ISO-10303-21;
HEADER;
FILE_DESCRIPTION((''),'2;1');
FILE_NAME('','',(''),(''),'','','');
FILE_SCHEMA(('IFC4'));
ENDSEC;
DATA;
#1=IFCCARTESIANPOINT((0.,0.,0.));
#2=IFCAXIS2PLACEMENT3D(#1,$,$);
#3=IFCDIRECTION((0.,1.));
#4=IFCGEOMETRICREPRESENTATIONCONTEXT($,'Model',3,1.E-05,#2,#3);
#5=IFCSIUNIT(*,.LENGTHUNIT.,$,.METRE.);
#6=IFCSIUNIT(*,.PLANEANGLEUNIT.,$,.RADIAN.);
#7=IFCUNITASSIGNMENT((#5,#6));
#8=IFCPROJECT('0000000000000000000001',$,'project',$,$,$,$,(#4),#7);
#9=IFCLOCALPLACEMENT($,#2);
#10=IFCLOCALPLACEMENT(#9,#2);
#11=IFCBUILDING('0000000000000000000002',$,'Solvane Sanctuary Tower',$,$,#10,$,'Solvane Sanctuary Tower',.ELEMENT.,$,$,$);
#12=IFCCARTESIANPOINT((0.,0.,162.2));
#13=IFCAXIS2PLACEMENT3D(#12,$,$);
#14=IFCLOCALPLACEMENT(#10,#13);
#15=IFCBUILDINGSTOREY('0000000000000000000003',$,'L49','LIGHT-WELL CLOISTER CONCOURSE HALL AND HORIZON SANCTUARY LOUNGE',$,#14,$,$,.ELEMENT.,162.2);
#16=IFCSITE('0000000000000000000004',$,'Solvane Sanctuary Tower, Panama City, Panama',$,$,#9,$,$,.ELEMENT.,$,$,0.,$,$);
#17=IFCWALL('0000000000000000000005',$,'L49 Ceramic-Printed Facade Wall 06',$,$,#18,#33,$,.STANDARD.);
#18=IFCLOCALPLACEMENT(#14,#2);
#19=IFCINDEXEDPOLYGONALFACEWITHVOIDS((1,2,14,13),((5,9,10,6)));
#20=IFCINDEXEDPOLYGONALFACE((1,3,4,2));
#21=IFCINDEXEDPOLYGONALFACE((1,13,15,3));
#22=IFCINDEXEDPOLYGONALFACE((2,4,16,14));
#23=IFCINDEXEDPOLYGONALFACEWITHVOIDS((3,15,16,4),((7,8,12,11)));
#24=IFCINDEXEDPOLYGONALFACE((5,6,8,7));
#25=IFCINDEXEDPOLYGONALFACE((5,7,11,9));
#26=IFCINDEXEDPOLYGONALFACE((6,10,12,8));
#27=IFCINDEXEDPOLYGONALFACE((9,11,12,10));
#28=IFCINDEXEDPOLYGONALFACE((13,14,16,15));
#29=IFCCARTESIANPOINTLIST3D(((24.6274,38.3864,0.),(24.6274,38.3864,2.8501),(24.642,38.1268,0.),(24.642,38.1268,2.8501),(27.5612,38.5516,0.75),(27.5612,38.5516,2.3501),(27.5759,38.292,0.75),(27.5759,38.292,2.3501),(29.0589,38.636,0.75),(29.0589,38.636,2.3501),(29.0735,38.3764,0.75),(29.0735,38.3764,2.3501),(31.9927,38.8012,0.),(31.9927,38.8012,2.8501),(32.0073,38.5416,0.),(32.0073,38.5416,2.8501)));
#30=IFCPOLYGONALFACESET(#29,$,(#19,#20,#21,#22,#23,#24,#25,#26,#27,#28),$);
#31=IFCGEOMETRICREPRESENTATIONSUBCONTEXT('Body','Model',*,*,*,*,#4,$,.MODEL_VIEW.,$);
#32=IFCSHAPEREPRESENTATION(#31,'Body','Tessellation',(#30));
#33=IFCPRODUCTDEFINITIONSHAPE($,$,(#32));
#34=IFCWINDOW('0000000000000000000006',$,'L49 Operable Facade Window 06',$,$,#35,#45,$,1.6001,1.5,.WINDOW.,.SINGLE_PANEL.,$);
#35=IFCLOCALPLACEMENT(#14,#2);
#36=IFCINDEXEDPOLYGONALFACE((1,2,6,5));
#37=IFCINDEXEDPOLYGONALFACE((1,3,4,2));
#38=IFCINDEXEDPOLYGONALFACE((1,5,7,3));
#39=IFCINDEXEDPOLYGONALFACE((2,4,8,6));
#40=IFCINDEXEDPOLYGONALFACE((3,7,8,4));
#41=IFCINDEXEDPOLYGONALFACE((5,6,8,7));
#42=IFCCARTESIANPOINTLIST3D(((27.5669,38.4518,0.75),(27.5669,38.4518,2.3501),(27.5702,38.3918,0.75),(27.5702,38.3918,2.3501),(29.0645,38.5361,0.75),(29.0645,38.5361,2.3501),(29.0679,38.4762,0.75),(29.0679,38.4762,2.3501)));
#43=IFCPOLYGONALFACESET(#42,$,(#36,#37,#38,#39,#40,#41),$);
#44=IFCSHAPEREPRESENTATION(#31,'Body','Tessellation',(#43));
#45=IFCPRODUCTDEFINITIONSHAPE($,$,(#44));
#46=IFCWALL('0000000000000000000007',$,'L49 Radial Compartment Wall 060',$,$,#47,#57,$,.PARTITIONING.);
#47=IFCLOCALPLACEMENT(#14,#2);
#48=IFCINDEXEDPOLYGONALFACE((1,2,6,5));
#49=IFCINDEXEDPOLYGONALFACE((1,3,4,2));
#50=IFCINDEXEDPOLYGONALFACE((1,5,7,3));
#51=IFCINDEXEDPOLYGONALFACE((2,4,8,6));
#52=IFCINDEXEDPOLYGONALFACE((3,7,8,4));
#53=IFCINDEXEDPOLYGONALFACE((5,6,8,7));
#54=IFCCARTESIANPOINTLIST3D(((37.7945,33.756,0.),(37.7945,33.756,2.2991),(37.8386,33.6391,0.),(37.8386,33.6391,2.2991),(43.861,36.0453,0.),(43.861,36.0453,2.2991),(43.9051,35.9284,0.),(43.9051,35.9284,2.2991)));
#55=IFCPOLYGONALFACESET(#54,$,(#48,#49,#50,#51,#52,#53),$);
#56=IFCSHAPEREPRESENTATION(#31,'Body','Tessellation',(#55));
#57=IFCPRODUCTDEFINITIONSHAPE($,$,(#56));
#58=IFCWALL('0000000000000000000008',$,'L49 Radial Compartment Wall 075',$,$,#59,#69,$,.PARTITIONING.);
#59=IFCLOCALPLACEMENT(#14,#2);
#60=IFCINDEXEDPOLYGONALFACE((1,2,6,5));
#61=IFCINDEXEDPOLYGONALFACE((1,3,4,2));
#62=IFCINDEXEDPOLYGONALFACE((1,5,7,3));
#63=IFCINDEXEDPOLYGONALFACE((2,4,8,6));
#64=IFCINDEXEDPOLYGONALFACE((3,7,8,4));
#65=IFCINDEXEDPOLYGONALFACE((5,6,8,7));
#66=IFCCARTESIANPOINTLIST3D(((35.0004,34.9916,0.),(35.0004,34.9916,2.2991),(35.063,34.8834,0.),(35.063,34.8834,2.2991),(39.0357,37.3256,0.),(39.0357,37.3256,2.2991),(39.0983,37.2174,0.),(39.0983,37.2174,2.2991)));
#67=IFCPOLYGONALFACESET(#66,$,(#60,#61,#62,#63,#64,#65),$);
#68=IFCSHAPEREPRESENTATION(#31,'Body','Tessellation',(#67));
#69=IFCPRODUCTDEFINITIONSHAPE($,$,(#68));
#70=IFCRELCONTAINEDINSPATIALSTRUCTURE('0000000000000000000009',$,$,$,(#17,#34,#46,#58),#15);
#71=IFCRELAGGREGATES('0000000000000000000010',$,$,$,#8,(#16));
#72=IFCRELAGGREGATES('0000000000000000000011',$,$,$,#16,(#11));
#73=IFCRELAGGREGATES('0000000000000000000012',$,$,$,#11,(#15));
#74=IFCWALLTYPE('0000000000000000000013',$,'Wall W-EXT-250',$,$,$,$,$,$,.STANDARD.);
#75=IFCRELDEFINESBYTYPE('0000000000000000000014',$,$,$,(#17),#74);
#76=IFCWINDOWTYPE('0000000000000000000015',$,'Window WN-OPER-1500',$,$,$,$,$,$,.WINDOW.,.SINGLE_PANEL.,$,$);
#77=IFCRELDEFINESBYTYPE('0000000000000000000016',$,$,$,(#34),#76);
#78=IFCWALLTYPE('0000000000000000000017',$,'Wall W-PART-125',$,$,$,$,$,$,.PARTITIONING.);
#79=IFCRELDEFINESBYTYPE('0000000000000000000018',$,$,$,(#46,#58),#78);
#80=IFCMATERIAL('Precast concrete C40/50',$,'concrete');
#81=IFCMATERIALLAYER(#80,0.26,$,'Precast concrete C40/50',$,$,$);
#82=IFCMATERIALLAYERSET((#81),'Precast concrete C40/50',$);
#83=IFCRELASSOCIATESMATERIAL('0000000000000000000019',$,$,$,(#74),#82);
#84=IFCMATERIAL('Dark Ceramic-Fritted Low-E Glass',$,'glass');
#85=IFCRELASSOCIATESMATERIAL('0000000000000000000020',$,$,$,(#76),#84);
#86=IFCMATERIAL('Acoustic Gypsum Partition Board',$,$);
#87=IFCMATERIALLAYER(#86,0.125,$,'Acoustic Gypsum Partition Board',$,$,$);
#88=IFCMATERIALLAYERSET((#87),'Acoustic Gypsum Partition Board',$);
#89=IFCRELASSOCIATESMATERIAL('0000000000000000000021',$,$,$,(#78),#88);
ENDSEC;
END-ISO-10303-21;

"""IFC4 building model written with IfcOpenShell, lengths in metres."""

from ifc_helpers import new_model, si_unit, direction, frame, frame_2d, origin, place, context, subcontext, project, spatial, rectangle, extrude, material, layer, layer_set, type_object, element, fill, save


model = new_model("IFC4")

# Units and contexts
model_context = context("Model", 3, precision=1e-05, world=origin(), true_north=direction((0.0, 1.0)))
body_context = subcontext(model_context, "Body", "Model", "MODEL_VIEW")
ifc_project = project(units=[si_unit("LENGTHUNIT", "METRE"), si_unit("PLANEANGLEUNIT", "RADIAN")], contexts=[model_context])

# Site, building, storey
site_placement = place(None, origin())
site = spatial("IfcSite", under=ifc_project, at=site_placement, Name="Solvane Sanctuary Tower, Panama City, Panama", CompositionType="ELEMENT", RefElevation=0.0)
building_placement = place(site_placement, origin())
building = spatial("IfcBuilding", under=site, at=building_placement, Name="Solvane Sanctuary Tower", LongName="Solvane Sanctuary Tower", CompositionType="ELEMENT")
storey_placement = place(building_placement, frame((0.0, 0.0, 162.2)))
storey = spatial("IfcBuildingStorey", under=building, at=storey_placement, Name="L49", Description="LIGHT-WELL CLOISTER CONCOURSE HALL AND HORIZON SANCTUARY LOUNGE", CompositionType="ELEMENT", Elevation=162.2)

# Shared definitions
ifc_material_1 = material(Name="Acoustic Gypsum Partition Board")

# Wall, opening, window
ifc_material_2 = material(Name="Precast concrete C40/50", Category="concrete")
ifc_layer_1 = layer(ifc_material_2, 0.26, Name="Precast concrete C40/50")
ifc_layer_set_1 = layer_set([ifc_layer_1], Name="Precast concrete C40/50")
wall_type_1 = type_object("IfcWallType", Name="Wall W-EXT-250", PredefinedType="STANDARD", material=ifc_layer_set_1)
ifc_material_3 = material(Name="Dark Ceramic-Fritted Low-E Glass", Category="glass")
wall_1_placement = place(storey_placement, frame((32.0, 38.6714, 0.0), z_axis=(0.0, 0.0, 1.0), x_axis=(-0.998418, -0.056229, 0.0)))
wall_1 = element("IfcWall", 1, at=wall_1_placement, inside=storey, type_object=wall_type_1, Name="L49 Ceramic-Printed Facade Wall 06", PredefinedType="STANDARD", context=body_context, shape_type="SweptSolid", body=[
    extrude(rectangle(XDim=7.377, YDim=0.26, at=frame_2d((3.6885, 0.0))), origin(), (0.0, 0.0, 1.0), 2.8501),
])
opening_1_placement = place(wall_1_placement, frame((2.9385, 0.0, 0.75)))
opening_1 = element("IfcOpeningElement", 2, at=opening_1_placement, cuts=wall_1, PredefinedType="OPENING", context=body_context, shape_type="SweptSolid", body=[
    extrude(rectangle(XDim=1.5, YDim=1.6001, at=frame_2d((0.75, 0.8))), frame((0.0, 0.1399, 0.0), z_axis=(0.0, -1.0, 0.0), x_axis=(1.0, 0.0, 0.0)), (0.0, 0.0, 1.0), 0.28),
])
window_type_1 = type_object("IfcWindowType", Name="Window WN-OPER-1500", PartitioningType="SINGLE_PANEL", PredefinedType="WINDOW", material=ifc_material_3)
window_1_placement = place(opening_1_placement, origin())
window_1 = element("IfcWindow", 3, at=window_1_placement, inside=storey, type_object=window_type_1, Name="L49 Operable Facade Window 06", OverallHeight=1.6001, OverallWidth=1.5, PartitioningType="SINGLE_PANEL", PredefinedType="WINDOW", context=body_context, shape_type="SweptSolid", body=[
    extrude(rectangle(XDim=1.5, YDim=1.6001, at=frame_2d((0.75, 0.8))), frame((0.0, 0.03, 0.0), z_axis=(0.0, -1.0, 0.0), x_axis=(1.0, 0.0, 0.0)), (0.0, 0.0, 1.0), 0.0601),
])
fill(opening_1, window_1)

# Walls
ifc_layer_2 = layer(ifc_material_1, 0.125, Name="Acoustic Gypsum Partition Board")
ifc_layer_set_2 = layer_set([ifc_layer_2], Name="Acoustic Gypsum Partition Board")
wall_type_2 = type_object("IfcWallType", Name="Wall W-PART-125", PredefinedType="PARTITIONING", material=ifc_layer_set_2)
wall_2_placement = place(storey_placement, frame((37.8164, 33.6975, 0.0), z_axis=(0.0, 0.0, 1.0), x_axis=(0.935601, 0.353058, 0.0)))
element("IfcWall", 4, at=wall_2_placement, inside=storey, type_object=wall_type_2, Name="L49 Radial Compartment Wall 060", PredefinedType="PARTITIONING", context=body_context, shape_type="SweptSolid", body=[
    extrude(rectangle(XDim=6.4841, YDim=0.125, at=frame_2d((3.2422, 0.0))), origin(), (0.0, 0.0, 1.0), 2.2991),
])
wall_3_placement = place(storey_placement, frame((35.0317, 34.9375, 0.0), z_axis=(0.0, 0.0, 1.0), x_axis=(0.865627, 0.500689, 0.0)))
element("IfcWall", 5, at=wall_3_placement, inside=storey, type_object=wall_type_2, Name="L49 Radial Compartment Wall 075", PredefinedType="PARTITIONING", context=body_context, shape_type="SweptSolid", body=[
    extrude(rectangle(XDim=4.6616, YDim=0.125, at=frame_2d((2.3308, 0.0))), origin(), (0.0, 0.0, 1.0), 2.2991),
])

save(model, "model.ifc")
